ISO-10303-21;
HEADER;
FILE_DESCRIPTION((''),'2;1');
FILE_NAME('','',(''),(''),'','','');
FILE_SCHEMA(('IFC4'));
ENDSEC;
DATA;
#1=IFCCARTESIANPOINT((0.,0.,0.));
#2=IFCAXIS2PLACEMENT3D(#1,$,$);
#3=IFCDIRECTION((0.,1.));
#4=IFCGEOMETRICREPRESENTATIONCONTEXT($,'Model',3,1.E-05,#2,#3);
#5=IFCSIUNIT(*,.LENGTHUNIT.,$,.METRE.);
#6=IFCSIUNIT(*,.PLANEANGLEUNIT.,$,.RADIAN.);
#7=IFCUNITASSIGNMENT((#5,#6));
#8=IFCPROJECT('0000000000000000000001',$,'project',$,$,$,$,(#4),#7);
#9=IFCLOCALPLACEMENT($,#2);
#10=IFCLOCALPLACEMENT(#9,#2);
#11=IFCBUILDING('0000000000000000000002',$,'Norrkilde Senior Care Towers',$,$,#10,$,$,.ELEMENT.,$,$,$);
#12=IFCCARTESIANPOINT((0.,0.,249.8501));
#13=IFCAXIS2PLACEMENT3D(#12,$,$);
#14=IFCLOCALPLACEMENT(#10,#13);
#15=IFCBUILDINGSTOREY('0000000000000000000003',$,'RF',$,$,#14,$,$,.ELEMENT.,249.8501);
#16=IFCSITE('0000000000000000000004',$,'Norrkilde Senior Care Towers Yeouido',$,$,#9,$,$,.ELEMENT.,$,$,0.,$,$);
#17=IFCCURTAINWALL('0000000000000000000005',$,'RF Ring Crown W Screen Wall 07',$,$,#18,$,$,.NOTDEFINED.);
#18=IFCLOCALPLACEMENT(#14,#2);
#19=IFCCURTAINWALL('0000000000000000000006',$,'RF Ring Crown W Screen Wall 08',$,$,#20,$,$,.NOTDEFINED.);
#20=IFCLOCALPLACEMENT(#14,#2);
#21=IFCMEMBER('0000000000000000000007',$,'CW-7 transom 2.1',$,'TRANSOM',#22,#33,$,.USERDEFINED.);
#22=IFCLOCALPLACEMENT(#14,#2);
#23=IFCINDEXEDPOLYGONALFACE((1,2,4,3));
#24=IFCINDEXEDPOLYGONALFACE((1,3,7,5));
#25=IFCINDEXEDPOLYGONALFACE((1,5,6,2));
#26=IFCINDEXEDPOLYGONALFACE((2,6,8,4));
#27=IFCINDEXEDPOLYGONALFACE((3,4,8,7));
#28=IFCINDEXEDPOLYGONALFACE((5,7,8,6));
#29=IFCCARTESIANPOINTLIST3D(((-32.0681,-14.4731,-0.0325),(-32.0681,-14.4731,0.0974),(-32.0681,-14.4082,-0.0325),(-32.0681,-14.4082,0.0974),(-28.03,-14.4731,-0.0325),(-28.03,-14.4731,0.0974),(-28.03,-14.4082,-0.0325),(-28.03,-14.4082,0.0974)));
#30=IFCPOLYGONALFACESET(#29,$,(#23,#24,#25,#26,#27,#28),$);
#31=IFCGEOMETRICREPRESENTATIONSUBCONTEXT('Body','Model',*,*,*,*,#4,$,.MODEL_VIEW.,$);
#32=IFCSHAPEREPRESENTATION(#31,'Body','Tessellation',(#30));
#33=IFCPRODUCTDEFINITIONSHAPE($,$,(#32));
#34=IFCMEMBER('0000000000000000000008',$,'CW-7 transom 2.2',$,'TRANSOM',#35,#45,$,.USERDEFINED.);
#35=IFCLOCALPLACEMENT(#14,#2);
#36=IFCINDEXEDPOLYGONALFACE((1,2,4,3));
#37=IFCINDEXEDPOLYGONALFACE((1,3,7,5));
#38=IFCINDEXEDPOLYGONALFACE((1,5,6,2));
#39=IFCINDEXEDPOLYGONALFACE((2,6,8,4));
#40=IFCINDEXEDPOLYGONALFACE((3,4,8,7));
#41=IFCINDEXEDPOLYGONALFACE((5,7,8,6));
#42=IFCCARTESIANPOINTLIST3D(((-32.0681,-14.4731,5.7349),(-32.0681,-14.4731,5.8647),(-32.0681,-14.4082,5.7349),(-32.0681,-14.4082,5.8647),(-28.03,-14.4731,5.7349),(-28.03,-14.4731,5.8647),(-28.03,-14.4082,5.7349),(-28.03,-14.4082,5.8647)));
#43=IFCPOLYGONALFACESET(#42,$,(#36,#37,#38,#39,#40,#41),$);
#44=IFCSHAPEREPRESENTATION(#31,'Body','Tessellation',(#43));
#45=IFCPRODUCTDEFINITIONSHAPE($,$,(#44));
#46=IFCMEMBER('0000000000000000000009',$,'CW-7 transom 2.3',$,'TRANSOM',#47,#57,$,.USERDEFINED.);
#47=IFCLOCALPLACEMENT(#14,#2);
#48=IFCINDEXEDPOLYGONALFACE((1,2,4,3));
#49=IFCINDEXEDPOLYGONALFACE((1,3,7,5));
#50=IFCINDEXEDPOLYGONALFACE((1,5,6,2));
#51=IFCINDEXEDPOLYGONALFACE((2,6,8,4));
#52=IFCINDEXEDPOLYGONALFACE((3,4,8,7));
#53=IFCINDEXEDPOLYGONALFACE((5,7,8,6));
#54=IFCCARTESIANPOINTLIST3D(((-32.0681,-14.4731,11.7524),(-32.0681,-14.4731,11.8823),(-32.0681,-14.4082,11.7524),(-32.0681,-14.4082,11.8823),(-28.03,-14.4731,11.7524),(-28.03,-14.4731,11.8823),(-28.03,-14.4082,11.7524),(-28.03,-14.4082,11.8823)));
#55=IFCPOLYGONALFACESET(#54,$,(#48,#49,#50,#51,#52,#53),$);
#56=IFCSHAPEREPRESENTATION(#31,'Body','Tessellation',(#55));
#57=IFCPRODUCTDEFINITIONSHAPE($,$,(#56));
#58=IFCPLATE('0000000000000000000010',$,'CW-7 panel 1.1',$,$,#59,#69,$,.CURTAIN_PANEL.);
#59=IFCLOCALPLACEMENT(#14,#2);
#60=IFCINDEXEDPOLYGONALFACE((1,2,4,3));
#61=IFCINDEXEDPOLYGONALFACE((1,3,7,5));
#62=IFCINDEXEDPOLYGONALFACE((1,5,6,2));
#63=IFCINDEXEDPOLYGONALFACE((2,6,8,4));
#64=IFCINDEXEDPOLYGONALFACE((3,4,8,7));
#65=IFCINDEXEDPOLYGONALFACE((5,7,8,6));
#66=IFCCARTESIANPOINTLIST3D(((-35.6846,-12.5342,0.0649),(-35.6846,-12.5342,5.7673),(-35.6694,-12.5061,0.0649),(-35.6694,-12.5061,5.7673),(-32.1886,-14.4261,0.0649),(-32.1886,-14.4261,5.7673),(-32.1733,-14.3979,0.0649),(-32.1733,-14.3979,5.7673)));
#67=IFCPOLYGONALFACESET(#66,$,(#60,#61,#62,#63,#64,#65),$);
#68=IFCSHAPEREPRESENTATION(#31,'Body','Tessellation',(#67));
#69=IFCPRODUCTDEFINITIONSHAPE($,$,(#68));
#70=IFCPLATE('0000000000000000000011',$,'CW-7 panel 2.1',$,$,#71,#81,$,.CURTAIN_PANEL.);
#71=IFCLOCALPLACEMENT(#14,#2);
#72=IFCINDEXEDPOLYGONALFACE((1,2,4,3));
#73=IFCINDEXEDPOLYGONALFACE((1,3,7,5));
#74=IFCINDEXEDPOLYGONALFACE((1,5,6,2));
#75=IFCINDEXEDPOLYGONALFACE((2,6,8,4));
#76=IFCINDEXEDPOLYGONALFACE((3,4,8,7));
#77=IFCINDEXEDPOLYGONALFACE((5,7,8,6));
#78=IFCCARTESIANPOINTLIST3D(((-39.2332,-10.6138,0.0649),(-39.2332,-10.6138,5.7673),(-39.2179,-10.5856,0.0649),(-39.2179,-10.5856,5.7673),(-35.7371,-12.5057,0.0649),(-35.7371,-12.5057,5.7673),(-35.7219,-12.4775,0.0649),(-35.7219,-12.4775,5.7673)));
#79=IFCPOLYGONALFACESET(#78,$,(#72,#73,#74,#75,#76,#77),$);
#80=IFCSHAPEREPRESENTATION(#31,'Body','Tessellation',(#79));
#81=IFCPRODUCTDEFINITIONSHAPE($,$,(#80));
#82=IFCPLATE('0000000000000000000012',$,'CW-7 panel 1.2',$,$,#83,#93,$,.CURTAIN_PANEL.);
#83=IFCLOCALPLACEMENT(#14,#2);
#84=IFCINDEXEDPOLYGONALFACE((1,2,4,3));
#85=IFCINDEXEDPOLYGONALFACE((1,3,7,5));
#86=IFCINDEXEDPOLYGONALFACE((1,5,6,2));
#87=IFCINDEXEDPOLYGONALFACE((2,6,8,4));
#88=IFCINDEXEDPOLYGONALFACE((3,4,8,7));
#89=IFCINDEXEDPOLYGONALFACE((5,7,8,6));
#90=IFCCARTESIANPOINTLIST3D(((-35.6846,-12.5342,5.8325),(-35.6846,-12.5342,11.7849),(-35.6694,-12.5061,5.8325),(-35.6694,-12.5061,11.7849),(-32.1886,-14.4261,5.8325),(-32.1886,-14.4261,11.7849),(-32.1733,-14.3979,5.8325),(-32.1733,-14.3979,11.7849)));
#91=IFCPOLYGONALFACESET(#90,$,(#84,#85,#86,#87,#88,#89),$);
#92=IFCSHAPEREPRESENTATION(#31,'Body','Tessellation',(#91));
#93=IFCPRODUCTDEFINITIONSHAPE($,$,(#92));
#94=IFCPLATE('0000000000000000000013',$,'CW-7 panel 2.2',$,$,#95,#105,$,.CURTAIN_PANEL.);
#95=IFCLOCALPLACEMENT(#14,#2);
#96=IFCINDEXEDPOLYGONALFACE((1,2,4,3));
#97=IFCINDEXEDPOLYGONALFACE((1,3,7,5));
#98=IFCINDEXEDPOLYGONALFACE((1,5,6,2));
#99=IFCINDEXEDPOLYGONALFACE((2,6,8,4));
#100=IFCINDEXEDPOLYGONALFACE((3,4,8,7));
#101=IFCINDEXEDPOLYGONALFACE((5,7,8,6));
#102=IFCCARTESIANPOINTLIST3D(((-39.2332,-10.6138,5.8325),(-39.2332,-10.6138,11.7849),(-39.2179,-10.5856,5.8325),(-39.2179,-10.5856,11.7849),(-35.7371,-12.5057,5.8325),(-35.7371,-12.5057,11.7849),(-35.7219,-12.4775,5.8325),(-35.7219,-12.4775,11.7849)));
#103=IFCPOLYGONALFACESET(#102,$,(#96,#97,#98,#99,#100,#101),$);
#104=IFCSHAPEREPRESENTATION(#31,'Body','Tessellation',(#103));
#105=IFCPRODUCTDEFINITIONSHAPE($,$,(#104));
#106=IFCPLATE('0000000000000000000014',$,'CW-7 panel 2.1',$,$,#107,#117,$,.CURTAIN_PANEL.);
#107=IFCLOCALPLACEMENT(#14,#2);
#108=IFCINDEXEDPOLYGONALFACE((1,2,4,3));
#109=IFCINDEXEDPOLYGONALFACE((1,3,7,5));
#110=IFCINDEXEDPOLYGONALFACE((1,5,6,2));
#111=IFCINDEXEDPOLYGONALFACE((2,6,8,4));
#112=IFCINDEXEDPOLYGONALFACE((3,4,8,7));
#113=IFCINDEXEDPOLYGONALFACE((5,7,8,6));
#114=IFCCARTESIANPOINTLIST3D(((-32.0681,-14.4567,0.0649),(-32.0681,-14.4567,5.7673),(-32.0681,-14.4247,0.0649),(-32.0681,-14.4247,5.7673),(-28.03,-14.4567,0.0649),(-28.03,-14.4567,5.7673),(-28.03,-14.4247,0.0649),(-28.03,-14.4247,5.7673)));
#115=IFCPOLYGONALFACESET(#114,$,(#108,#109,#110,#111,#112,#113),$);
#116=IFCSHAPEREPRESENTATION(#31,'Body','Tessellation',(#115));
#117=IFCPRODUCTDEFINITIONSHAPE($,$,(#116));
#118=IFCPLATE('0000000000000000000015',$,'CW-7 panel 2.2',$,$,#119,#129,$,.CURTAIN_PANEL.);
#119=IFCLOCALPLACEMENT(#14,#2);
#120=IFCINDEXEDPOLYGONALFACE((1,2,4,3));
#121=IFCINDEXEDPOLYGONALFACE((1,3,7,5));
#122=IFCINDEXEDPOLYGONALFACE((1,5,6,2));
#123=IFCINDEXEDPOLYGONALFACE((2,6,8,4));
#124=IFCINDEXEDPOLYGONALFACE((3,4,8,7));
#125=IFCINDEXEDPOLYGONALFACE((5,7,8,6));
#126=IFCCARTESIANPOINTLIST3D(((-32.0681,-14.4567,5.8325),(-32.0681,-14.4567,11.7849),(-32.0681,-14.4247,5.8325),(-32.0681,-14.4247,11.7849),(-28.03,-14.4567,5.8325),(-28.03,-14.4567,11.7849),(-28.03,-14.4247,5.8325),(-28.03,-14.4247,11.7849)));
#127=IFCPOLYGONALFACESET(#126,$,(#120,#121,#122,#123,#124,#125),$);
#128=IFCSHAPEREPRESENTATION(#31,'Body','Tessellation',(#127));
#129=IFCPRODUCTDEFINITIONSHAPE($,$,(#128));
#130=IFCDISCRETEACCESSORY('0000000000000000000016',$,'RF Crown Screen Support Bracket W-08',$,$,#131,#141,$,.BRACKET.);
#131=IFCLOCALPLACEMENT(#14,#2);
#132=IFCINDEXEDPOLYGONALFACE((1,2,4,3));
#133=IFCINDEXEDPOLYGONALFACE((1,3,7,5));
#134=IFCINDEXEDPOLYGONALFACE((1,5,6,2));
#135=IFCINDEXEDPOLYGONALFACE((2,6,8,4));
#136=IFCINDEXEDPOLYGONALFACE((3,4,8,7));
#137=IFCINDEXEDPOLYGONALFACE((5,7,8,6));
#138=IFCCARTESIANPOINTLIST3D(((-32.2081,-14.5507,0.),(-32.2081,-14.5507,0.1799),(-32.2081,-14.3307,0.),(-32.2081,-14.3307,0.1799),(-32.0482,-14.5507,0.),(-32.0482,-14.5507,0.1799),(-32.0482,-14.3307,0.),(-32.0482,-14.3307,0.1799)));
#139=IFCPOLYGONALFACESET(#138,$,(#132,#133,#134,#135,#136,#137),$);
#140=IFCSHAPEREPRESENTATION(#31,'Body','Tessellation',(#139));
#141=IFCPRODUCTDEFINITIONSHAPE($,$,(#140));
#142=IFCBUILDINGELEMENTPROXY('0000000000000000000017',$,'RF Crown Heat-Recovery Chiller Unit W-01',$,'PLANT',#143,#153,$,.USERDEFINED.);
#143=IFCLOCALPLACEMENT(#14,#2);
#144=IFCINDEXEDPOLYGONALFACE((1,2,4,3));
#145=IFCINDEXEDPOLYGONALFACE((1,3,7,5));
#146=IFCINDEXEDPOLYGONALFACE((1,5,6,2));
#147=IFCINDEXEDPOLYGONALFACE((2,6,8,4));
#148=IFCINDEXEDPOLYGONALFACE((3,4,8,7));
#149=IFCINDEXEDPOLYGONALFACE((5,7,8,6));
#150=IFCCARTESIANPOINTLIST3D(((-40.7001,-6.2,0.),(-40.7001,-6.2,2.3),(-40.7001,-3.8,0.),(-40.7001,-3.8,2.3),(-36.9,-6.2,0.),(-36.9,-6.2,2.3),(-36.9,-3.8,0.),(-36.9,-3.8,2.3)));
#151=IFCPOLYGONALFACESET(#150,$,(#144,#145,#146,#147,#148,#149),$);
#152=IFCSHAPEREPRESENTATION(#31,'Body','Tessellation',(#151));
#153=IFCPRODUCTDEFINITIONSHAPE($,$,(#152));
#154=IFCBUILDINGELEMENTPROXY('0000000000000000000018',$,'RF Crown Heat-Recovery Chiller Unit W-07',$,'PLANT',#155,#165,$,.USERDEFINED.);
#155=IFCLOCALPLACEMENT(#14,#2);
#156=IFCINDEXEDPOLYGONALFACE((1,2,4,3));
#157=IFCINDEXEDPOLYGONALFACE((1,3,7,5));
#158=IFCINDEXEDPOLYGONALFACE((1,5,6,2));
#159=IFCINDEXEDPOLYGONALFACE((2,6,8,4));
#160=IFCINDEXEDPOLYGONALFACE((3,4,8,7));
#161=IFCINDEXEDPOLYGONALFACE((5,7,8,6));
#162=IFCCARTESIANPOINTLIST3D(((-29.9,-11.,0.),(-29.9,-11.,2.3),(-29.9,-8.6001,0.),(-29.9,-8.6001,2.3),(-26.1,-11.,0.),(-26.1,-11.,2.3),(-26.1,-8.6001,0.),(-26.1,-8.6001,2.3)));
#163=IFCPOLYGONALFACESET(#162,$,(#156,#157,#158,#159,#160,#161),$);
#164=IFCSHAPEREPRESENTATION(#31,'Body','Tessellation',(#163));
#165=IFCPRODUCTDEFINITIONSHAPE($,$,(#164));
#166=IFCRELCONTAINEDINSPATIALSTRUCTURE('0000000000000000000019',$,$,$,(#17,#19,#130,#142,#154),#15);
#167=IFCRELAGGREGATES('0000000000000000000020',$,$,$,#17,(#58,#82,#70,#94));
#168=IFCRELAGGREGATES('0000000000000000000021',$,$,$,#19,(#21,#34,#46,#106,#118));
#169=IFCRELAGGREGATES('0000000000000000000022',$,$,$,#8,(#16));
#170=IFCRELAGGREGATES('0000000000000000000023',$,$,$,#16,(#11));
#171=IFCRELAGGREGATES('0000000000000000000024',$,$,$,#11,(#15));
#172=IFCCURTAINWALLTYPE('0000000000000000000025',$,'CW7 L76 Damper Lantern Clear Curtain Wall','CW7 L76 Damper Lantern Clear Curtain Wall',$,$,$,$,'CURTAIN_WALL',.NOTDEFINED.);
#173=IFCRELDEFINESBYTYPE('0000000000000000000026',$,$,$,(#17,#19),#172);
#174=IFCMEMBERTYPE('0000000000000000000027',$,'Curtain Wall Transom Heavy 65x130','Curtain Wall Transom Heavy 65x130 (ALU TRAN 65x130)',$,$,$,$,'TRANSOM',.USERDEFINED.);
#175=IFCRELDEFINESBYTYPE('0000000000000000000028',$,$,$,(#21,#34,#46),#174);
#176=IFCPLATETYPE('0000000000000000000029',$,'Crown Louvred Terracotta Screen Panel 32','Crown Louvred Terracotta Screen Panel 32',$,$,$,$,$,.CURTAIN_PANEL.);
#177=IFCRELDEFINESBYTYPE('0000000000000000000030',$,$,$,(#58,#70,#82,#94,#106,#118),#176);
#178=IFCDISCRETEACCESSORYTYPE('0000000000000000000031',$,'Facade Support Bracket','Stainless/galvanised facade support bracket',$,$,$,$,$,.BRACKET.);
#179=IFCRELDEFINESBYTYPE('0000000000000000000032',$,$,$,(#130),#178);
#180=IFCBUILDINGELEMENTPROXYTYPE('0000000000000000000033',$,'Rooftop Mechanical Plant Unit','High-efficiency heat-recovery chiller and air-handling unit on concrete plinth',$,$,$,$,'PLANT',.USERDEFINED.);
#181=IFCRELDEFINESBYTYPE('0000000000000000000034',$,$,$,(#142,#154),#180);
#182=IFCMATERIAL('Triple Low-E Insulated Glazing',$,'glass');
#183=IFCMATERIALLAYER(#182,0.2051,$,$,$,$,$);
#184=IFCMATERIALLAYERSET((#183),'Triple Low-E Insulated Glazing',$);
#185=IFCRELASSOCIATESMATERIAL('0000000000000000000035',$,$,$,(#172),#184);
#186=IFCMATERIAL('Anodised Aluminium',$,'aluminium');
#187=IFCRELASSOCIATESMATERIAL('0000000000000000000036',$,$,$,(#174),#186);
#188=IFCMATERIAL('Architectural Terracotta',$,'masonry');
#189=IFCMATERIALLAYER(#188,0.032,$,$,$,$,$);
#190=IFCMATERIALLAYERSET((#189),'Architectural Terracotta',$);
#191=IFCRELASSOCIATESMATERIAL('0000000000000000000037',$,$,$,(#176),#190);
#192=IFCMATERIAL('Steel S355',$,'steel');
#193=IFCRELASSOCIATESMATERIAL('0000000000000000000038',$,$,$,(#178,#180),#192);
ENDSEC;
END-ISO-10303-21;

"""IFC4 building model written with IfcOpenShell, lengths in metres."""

from ifc_helpers import new_model, si_unit, direction, frame, origin, origin_2d, place, context, subcontext, project, spatial, rectangle, extrude, source, transform, mapped, material, layer, layer_set, material_profile, profile_set, type_object, type_shapes, element, aggregate, save


model = new_model("IFC4")

# Units and contexts
model_context = context("Model", 3, precision=1e-05, world=origin(), true_north=direction((0.0, 1.0)))
body_context = subcontext(model_context, "Body", "Model", "MODEL_VIEW")
ifc_project = project(units=[si_unit("LENGTHUNIT", "METRE"), si_unit("PLANEANGLEUNIT", "RADIAN")], contexts=[model_context])

# Site, building, storey
site_placement = place(None, origin())
site = spatial("IfcSite", under=ifc_project, at=site_placement, Name="Norrkilde Senior Care Towers Yeouido", CompositionType="ELEMENT", RefElevation=0.0)
building_placement = place(site_placement, origin())
building = spatial("IfcBuilding", under=site, at=building_placement, Name="Norrkilde Senior Care Towers", CompositionType="ELEMENT")
storey_placement = place(building_placement, frame((0.0, 0.0, 249.8501)))
storey = spatial("IfcBuildingStorey", under=building, at=storey_placement, Name="RF", CompositionType="ELEMENT", Elevation=249.8501)

# Shared definitions
ifc_material_1 = material(Name="Steel S355", Category="steel")

# Curtain walls
ifc_material_2 = material(Name="Triple Low-E Insulated Glazing", Category="glass")
ifc_layer_1 = layer(ifc_material_2, 0.2051)
ifc_layer_set_1 = layer_set([ifc_layer_1], Name="Triple Low-E Insulated Glazing")
curtain_wall_type = type_object("IfcCurtainWallType", Name="CW7 L76 Damper Lantern Clear Curtain Wall", Description="CW7 L76 Damper Lantern Clear Curtain Wall", ElementType="CURTAIN_WALL", PredefinedType="NOTDEFINED", material=ifc_layer_set_1)
curtain_wall_1_placement = place(storey_placement, origin())
curtain_wall_1 = element("IfcCurtainWall", 1, at=curtain_wall_1_placement, inside=storey, type_object=curtain_wall_type, Name="RF Ring Crown W Screen Wall 07", PredefinedType="NOTDEFINED")
ifc_material_3 = material(Name="Anodised Aluminium", Category="aluminium")
curtain_wall_2_placement = place(storey_placement, origin())
curtain_wall_2 = element("IfcCurtainWall", 2, at=curtain_wall_2_placement, inside=storey, type_object=curtain_wall_type, Name="RF Ring Crown W Screen Wall 08", PredefinedType="NOTDEFINED")

# Members
ifc_material_profile_1 = material_profile(ifc_material_3, rectangle(XDim=0.0649, YDim=0.1299, at=origin_2d()), Name="ALU TRAN 65x130")
ifc_profile_set_1 = profile_set([ifc_material_profile_1], Name="Anodised Aluminium")
member_type_1 = type_object("IfcMemberType", Name="Curtain Wall Transom Heavy 65x130", Description="Curtain Wall Transom Heavy 65x130 (ALU TRAN 65x130)", ElementType="TRANSOM", PredefinedType="USERDEFINED", material=ifc_profile_set_1)
shared_shape_1 = source(origin(), body_context, "Body", "SweptSolid", [
    extrude(rectangle(XDim=0.0649, YDim=0.1299, at=origin_2d()), origin(), (0.0, 0.0, 1.0), 4.0381),
])
member_1_placement = place(storey_placement, frame((-28.03, -14.4407, 0.0325), z_axis=(-1.0, 0.0, 0.0), x_axis=(0.0, -1.0, 0.0)))
member_1 = element("IfcMember", 3, at=member_1_placement, type_object=member_type_1, Name="CW-7 transom 2.1", ObjectType="TRANSOM", PredefinedType="USERDEFINED", context=body_context, shape_type="MappedRepresentation", body=[
    mapped(shared_shape_1, transform((0.0, 0.0, 0.0), x_axis=(1.0, 0.0, 0.0), y_axis=(0.0, 1.0, 0.0), z_axis=(0.0, 0.0, 1.0), scale=1.0)),
])
member_2_placement = place(storey_placement, frame((-28.03, -14.4407, 5.7998), z_axis=(-1.0, 0.0, 0.0), x_axis=(0.0, -1.0, 0.0)))
member_2 = element("IfcMember", 4, at=member_2_placement, type_object=member_type_1, Name="CW-7 transom 2.2", ObjectType="TRANSOM", PredefinedType="USERDEFINED", context=body_context, shape_type="MappedRepresentation", body=[
    mapped(shared_shape_1, transform((0.0, 0.0, 0.0), x_axis=(1.0, 0.0, 0.0), y_axis=(0.0, 1.0, 0.0), z_axis=(0.0, 0.0, 1.0), scale=1.0)),
])
member_3_placement = place(storey_placement, frame((-28.03, -14.4407, 11.8174), z_axis=(-1.0, 0.0, 0.0), x_axis=(0.0, -1.0, 0.0)))
member_3 = element("IfcMember", 5, at=member_3_placement, type_object=member_type_1, Name="CW-7 transom 2.3", ObjectType="TRANSOM", PredefinedType="USERDEFINED", context=body_context, shape_type="MappedRepresentation", body=[
    mapped(shared_shape_1, transform((0.0, 0.0, 0.0), x_axis=(1.0, 0.0, 0.0), y_axis=(0.0, 1.0, 0.0), z_axis=(0.0, 0.0, 1.0), scale=1.0)),
])

# Plates
ifc_material_4 = material(Name="Architectural Terracotta", Category="masonry")
ifc_layer_2 = layer(ifc_material_4, 0.032)
ifc_layer_set_2 = layer_set([ifc_layer_2], Name="Architectural Terracotta")
plate_type = type_object("IfcPlateType", Name="Crown Louvred Terracotta Screen Panel 32", Description="Crown Louvred Terracotta Screen Panel 32", PredefinedType="CURTAIN_PANEL", material=ifc_layer_set_2)
shared_shape_2 = source(origin(), body_context, "Body", "SweptSolid", [
    extrude(rectangle(XDim=3.9751, YDim=0.032, at=origin_2d()), origin(), (0.0, 0.0, 1.0), 5.7024),
])
plate_1_placement = place(storey_placement, frame((-33.929, -13.4661, 0.0649), z_axis=(0.0, 0.0, 1.0), x_axis=(-0.879481, 0.475934, 0.0)))
plate_1 = element("IfcPlate", 6, at=plate_1_placement, type_object=plate_type, Name="CW-7 panel 1.1", PredefinedType="CURTAIN_PANEL", context=body_context, shape_type="MappedRepresentation", body=[
    mapped(shared_shape_2, transform((0.0, 0.0, 0.0), x_axis=(1.0, 0.0, 0.0), y_axis=(0.0, 1.0, 0.0), z_axis=(0.0, 0.0, 1.0), scale=1.0)),
])
plate_2_placement = place(storey_placement, frame((-37.4775, -11.5457, 0.0649), z_axis=(0.0, 0.0, 1.0), x_axis=(-0.879481, 0.475934, 0.0)))
plate_2 = element("IfcPlate", 7, at=plate_2_placement, type_object=plate_type, Name="CW-7 panel 2.1", PredefinedType="CURTAIN_PANEL", context=body_context, shape_type="MappedRepresentation", body=[
    mapped(shared_shape_2, transform((0.0, 0.0, 0.0), x_axis=(1.0, 0.0, 0.0), y_axis=(0.0, 1.0, 0.0), z_axis=(0.0, 0.0, 1.0), scale=1.0)),
])
shared_shape_3 = source(origin(), body_context, "Body", "SweptSolid", [
    extrude(rectangle(XDim=3.9751, YDim=0.032, at=origin_2d()), origin(), (0.0, 0.0, 1.0), 5.9524),
])
plate_3_placement = place(storey_placement, frame((-33.929, -13.4661, 5.8325), z_axis=(0.0, 0.0, 1.0), x_axis=(-0.879481, 0.475934, 0.0)))
plate_3 = element("IfcPlate", 8, at=plate_3_placement, type_object=plate_type, Name="CW-7 panel 1.2", PredefinedType="CURTAIN_PANEL", context=body_context, shape_type="MappedRepresentation", body=[
    mapped(shared_shape_3, transform((0.0, 0.0, 0.0), x_axis=(1.0, 0.0, 0.0), y_axis=(0.0, 1.0, 0.0), z_axis=(0.0, 0.0, 1.0), scale=1.0)),
])
plate_4_placement = place(storey_placement, frame((-37.4775, -11.5457, 5.8325), z_axis=(0.0, 0.0, 1.0), x_axis=(-0.879481, 0.475934, 0.0)))
plate_4 = element("IfcPlate", 9, at=plate_4_placement, type_object=plate_type, Name="CW-7 panel 2.2", PredefinedType="CURTAIN_PANEL", context=body_context, shape_type="MappedRepresentation", body=[
    mapped(shared_shape_3, transform((0.0, 0.0, 0.0), x_axis=(1.0, 0.0, 0.0), y_axis=(0.0, 1.0, 0.0), z_axis=(0.0, 0.0, 1.0), scale=1.0)),
])
aggregate(curtain_wall_1, [plate_1, plate_3, plate_2, plate_4])
shared_shape_4 = source(origin(), body_context, "Body", "SweptSolid", [
    extrude(rectangle(XDim=4.0381, YDim=0.032, at=origin_2d()), origin(), (0.0, 0.0, 1.0), 5.7024),
])
plate_5_placement = place(storey_placement, frame((-30.0491, -14.4407, 0.0649), z_axis=(0.0, 0.0, 1.0), x_axis=(-1.0, 0.0, 0.0)))
plate_5 = element("IfcPlate", 10, at=plate_5_placement, type_object=plate_type, Name="CW-7 panel 2.1", PredefinedType="CURTAIN_PANEL", context=body_context, shape_type="MappedRepresentation", body=[
    mapped(shared_shape_4, transform((0.0, 0.0, 0.0), x_axis=(1.0, 0.0, 0.0), y_axis=(0.0, 1.0, 0.0), z_axis=(0.0, 0.0, 1.0), scale=1.0)),
])
shared_shape_5 = source(origin(), body_context, "Body", "SweptSolid", [
    extrude(rectangle(XDim=4.0381, YDim=0.032, at=origin_2d()), origin(), (0.0, 0.0, 1.0), 5.9524),
])
type_shapes(plate_type, [shared_shape_2, shared_shape_3, shared_shape_4, shared_shape_5])
plate_6_placement = place(storey_placement, frame((-30.0491, -14.4407, 5.8325), z_axis=(0.0, 0.0, 1.0), x_axis=(-1.0, 0.0, 0.0)))
plate_6 = element("IfcPlate", 11, at=plate_6_placement, type_object=plate_type, Name="CW-7 panel 2.2", PredefinedType="CURTAIN_PANEL", context=body_context, shape_type="MappedRepresentation", body=[
    mapped(shared_shape_5, transform((0.0, 0.0, 0.0), x_axis=(1.0, 0.0, 0.0), y_axis=(0.0, 1.0, 0.0), z_axis=(0.0, 0.0, 1.0), scale=1.0)),
])
aggregate(curtain_wall_2, [member_1, member_2, member_3, plate_5, plate_6])

# Discrete accessory
discrete_accessory_type = type_object("IfcDiscreteAccessoryType", Name="Facade Support Bracket", Description="Stainless/galvanised facade support bracket", PredefinedType="BRACKET", material=ifc_material_1)
shared_shape_6 = source(origin(), body_context, "Body", "SweptSolid", [
    extrude(rectangle(XDim=0.1599, YDim=0.22, at=origin_2d()), origin(), (0.0, 0.0, 1.0), 0.1799),
])
type_shapes(discrete_accessory_type, [shared_shape_6])
discrete_accessory_placement = place(storey_placement, frame((-32.1282, -14.4407, 0.0), z_axis=(0.0, 0.0, 1.0), x_axis=(1.0, 0.0, 0.0)))
element("IfcDiscreteAccessory", 12, at=discrete_accessory_placement, inside=storey, type_object=discrete_accessory_type, Name="RF Crown Screen Support Bracket W-08", PredefinedType="BRACKET", context=body_context, shape_type="MappedRepresentation", body=[
    mapped(shared_shape_6, transform((0.0, 0.0, 0.0), x_axis=(1.0, 0.0, 0.0), y_axis=(0.0, 1.0, 0.0), z_axis=(0.0, 0.0, 1.0), scale=1.0)),
])

# Building element proxies
building_element_proxy_type = type_object("IfcBuildingElementProxyType", Name="Rooftop Mechanical Plant Unit", Description="High-efficiency heat-recovery chiller and air-handling unit on concrete plinth", ElementType="PLANT", PredefinedType="USERDEFINED", material=ifc_material_1)
shared_shape_7 = source(origin(), body_context, "Body", "SweptSolid", [
    extrude(rectangle(XDim=3.8, YDim=2.3999, at=origin_2d()), origin(), (0.0, 0.0, 1.0), 2.3),
])
type_shapes(building_element_proxy_type, [shared_shape_7])
for number, where, z_axis, x_axis, name in (
    (13, (-38.8, -5.0, 0.0), (0.0, 0.0, 1.0), (1.0, 0.0, 0.0), "RF Crown Heat-Recovery Chiller Unit W-01"),
    (14, (-28.0, -9.8, 0.0), (0.0, 0.0, 1.0), (1.0, 0.0, 0.0), "RF Crown Heat-Recovery Chiller Unit W-07"),
):
    element("IfcBuildingElementProxy", number, at=place(storey_placement, frame(where, z_axis=z_axis, x_axis=x_axis)), inside=storey, type_object=building_element_proxy_type, Name=name, ObjectType="PLANT", PredefinedType="USERDEFINED", context=body_context, shape_type="MappedRepresentation", body=[
        mapped(shared_shape_7, transform((0.0, 0.0, 0.0), x_axis=(1.0, 0.0, 0.0), y_axis=(0.0, 1.0, 0.0), z_axis=(0.0, 0.0, 1.0), scale=1.0)),
    ])

save(model, "model.ifc")
